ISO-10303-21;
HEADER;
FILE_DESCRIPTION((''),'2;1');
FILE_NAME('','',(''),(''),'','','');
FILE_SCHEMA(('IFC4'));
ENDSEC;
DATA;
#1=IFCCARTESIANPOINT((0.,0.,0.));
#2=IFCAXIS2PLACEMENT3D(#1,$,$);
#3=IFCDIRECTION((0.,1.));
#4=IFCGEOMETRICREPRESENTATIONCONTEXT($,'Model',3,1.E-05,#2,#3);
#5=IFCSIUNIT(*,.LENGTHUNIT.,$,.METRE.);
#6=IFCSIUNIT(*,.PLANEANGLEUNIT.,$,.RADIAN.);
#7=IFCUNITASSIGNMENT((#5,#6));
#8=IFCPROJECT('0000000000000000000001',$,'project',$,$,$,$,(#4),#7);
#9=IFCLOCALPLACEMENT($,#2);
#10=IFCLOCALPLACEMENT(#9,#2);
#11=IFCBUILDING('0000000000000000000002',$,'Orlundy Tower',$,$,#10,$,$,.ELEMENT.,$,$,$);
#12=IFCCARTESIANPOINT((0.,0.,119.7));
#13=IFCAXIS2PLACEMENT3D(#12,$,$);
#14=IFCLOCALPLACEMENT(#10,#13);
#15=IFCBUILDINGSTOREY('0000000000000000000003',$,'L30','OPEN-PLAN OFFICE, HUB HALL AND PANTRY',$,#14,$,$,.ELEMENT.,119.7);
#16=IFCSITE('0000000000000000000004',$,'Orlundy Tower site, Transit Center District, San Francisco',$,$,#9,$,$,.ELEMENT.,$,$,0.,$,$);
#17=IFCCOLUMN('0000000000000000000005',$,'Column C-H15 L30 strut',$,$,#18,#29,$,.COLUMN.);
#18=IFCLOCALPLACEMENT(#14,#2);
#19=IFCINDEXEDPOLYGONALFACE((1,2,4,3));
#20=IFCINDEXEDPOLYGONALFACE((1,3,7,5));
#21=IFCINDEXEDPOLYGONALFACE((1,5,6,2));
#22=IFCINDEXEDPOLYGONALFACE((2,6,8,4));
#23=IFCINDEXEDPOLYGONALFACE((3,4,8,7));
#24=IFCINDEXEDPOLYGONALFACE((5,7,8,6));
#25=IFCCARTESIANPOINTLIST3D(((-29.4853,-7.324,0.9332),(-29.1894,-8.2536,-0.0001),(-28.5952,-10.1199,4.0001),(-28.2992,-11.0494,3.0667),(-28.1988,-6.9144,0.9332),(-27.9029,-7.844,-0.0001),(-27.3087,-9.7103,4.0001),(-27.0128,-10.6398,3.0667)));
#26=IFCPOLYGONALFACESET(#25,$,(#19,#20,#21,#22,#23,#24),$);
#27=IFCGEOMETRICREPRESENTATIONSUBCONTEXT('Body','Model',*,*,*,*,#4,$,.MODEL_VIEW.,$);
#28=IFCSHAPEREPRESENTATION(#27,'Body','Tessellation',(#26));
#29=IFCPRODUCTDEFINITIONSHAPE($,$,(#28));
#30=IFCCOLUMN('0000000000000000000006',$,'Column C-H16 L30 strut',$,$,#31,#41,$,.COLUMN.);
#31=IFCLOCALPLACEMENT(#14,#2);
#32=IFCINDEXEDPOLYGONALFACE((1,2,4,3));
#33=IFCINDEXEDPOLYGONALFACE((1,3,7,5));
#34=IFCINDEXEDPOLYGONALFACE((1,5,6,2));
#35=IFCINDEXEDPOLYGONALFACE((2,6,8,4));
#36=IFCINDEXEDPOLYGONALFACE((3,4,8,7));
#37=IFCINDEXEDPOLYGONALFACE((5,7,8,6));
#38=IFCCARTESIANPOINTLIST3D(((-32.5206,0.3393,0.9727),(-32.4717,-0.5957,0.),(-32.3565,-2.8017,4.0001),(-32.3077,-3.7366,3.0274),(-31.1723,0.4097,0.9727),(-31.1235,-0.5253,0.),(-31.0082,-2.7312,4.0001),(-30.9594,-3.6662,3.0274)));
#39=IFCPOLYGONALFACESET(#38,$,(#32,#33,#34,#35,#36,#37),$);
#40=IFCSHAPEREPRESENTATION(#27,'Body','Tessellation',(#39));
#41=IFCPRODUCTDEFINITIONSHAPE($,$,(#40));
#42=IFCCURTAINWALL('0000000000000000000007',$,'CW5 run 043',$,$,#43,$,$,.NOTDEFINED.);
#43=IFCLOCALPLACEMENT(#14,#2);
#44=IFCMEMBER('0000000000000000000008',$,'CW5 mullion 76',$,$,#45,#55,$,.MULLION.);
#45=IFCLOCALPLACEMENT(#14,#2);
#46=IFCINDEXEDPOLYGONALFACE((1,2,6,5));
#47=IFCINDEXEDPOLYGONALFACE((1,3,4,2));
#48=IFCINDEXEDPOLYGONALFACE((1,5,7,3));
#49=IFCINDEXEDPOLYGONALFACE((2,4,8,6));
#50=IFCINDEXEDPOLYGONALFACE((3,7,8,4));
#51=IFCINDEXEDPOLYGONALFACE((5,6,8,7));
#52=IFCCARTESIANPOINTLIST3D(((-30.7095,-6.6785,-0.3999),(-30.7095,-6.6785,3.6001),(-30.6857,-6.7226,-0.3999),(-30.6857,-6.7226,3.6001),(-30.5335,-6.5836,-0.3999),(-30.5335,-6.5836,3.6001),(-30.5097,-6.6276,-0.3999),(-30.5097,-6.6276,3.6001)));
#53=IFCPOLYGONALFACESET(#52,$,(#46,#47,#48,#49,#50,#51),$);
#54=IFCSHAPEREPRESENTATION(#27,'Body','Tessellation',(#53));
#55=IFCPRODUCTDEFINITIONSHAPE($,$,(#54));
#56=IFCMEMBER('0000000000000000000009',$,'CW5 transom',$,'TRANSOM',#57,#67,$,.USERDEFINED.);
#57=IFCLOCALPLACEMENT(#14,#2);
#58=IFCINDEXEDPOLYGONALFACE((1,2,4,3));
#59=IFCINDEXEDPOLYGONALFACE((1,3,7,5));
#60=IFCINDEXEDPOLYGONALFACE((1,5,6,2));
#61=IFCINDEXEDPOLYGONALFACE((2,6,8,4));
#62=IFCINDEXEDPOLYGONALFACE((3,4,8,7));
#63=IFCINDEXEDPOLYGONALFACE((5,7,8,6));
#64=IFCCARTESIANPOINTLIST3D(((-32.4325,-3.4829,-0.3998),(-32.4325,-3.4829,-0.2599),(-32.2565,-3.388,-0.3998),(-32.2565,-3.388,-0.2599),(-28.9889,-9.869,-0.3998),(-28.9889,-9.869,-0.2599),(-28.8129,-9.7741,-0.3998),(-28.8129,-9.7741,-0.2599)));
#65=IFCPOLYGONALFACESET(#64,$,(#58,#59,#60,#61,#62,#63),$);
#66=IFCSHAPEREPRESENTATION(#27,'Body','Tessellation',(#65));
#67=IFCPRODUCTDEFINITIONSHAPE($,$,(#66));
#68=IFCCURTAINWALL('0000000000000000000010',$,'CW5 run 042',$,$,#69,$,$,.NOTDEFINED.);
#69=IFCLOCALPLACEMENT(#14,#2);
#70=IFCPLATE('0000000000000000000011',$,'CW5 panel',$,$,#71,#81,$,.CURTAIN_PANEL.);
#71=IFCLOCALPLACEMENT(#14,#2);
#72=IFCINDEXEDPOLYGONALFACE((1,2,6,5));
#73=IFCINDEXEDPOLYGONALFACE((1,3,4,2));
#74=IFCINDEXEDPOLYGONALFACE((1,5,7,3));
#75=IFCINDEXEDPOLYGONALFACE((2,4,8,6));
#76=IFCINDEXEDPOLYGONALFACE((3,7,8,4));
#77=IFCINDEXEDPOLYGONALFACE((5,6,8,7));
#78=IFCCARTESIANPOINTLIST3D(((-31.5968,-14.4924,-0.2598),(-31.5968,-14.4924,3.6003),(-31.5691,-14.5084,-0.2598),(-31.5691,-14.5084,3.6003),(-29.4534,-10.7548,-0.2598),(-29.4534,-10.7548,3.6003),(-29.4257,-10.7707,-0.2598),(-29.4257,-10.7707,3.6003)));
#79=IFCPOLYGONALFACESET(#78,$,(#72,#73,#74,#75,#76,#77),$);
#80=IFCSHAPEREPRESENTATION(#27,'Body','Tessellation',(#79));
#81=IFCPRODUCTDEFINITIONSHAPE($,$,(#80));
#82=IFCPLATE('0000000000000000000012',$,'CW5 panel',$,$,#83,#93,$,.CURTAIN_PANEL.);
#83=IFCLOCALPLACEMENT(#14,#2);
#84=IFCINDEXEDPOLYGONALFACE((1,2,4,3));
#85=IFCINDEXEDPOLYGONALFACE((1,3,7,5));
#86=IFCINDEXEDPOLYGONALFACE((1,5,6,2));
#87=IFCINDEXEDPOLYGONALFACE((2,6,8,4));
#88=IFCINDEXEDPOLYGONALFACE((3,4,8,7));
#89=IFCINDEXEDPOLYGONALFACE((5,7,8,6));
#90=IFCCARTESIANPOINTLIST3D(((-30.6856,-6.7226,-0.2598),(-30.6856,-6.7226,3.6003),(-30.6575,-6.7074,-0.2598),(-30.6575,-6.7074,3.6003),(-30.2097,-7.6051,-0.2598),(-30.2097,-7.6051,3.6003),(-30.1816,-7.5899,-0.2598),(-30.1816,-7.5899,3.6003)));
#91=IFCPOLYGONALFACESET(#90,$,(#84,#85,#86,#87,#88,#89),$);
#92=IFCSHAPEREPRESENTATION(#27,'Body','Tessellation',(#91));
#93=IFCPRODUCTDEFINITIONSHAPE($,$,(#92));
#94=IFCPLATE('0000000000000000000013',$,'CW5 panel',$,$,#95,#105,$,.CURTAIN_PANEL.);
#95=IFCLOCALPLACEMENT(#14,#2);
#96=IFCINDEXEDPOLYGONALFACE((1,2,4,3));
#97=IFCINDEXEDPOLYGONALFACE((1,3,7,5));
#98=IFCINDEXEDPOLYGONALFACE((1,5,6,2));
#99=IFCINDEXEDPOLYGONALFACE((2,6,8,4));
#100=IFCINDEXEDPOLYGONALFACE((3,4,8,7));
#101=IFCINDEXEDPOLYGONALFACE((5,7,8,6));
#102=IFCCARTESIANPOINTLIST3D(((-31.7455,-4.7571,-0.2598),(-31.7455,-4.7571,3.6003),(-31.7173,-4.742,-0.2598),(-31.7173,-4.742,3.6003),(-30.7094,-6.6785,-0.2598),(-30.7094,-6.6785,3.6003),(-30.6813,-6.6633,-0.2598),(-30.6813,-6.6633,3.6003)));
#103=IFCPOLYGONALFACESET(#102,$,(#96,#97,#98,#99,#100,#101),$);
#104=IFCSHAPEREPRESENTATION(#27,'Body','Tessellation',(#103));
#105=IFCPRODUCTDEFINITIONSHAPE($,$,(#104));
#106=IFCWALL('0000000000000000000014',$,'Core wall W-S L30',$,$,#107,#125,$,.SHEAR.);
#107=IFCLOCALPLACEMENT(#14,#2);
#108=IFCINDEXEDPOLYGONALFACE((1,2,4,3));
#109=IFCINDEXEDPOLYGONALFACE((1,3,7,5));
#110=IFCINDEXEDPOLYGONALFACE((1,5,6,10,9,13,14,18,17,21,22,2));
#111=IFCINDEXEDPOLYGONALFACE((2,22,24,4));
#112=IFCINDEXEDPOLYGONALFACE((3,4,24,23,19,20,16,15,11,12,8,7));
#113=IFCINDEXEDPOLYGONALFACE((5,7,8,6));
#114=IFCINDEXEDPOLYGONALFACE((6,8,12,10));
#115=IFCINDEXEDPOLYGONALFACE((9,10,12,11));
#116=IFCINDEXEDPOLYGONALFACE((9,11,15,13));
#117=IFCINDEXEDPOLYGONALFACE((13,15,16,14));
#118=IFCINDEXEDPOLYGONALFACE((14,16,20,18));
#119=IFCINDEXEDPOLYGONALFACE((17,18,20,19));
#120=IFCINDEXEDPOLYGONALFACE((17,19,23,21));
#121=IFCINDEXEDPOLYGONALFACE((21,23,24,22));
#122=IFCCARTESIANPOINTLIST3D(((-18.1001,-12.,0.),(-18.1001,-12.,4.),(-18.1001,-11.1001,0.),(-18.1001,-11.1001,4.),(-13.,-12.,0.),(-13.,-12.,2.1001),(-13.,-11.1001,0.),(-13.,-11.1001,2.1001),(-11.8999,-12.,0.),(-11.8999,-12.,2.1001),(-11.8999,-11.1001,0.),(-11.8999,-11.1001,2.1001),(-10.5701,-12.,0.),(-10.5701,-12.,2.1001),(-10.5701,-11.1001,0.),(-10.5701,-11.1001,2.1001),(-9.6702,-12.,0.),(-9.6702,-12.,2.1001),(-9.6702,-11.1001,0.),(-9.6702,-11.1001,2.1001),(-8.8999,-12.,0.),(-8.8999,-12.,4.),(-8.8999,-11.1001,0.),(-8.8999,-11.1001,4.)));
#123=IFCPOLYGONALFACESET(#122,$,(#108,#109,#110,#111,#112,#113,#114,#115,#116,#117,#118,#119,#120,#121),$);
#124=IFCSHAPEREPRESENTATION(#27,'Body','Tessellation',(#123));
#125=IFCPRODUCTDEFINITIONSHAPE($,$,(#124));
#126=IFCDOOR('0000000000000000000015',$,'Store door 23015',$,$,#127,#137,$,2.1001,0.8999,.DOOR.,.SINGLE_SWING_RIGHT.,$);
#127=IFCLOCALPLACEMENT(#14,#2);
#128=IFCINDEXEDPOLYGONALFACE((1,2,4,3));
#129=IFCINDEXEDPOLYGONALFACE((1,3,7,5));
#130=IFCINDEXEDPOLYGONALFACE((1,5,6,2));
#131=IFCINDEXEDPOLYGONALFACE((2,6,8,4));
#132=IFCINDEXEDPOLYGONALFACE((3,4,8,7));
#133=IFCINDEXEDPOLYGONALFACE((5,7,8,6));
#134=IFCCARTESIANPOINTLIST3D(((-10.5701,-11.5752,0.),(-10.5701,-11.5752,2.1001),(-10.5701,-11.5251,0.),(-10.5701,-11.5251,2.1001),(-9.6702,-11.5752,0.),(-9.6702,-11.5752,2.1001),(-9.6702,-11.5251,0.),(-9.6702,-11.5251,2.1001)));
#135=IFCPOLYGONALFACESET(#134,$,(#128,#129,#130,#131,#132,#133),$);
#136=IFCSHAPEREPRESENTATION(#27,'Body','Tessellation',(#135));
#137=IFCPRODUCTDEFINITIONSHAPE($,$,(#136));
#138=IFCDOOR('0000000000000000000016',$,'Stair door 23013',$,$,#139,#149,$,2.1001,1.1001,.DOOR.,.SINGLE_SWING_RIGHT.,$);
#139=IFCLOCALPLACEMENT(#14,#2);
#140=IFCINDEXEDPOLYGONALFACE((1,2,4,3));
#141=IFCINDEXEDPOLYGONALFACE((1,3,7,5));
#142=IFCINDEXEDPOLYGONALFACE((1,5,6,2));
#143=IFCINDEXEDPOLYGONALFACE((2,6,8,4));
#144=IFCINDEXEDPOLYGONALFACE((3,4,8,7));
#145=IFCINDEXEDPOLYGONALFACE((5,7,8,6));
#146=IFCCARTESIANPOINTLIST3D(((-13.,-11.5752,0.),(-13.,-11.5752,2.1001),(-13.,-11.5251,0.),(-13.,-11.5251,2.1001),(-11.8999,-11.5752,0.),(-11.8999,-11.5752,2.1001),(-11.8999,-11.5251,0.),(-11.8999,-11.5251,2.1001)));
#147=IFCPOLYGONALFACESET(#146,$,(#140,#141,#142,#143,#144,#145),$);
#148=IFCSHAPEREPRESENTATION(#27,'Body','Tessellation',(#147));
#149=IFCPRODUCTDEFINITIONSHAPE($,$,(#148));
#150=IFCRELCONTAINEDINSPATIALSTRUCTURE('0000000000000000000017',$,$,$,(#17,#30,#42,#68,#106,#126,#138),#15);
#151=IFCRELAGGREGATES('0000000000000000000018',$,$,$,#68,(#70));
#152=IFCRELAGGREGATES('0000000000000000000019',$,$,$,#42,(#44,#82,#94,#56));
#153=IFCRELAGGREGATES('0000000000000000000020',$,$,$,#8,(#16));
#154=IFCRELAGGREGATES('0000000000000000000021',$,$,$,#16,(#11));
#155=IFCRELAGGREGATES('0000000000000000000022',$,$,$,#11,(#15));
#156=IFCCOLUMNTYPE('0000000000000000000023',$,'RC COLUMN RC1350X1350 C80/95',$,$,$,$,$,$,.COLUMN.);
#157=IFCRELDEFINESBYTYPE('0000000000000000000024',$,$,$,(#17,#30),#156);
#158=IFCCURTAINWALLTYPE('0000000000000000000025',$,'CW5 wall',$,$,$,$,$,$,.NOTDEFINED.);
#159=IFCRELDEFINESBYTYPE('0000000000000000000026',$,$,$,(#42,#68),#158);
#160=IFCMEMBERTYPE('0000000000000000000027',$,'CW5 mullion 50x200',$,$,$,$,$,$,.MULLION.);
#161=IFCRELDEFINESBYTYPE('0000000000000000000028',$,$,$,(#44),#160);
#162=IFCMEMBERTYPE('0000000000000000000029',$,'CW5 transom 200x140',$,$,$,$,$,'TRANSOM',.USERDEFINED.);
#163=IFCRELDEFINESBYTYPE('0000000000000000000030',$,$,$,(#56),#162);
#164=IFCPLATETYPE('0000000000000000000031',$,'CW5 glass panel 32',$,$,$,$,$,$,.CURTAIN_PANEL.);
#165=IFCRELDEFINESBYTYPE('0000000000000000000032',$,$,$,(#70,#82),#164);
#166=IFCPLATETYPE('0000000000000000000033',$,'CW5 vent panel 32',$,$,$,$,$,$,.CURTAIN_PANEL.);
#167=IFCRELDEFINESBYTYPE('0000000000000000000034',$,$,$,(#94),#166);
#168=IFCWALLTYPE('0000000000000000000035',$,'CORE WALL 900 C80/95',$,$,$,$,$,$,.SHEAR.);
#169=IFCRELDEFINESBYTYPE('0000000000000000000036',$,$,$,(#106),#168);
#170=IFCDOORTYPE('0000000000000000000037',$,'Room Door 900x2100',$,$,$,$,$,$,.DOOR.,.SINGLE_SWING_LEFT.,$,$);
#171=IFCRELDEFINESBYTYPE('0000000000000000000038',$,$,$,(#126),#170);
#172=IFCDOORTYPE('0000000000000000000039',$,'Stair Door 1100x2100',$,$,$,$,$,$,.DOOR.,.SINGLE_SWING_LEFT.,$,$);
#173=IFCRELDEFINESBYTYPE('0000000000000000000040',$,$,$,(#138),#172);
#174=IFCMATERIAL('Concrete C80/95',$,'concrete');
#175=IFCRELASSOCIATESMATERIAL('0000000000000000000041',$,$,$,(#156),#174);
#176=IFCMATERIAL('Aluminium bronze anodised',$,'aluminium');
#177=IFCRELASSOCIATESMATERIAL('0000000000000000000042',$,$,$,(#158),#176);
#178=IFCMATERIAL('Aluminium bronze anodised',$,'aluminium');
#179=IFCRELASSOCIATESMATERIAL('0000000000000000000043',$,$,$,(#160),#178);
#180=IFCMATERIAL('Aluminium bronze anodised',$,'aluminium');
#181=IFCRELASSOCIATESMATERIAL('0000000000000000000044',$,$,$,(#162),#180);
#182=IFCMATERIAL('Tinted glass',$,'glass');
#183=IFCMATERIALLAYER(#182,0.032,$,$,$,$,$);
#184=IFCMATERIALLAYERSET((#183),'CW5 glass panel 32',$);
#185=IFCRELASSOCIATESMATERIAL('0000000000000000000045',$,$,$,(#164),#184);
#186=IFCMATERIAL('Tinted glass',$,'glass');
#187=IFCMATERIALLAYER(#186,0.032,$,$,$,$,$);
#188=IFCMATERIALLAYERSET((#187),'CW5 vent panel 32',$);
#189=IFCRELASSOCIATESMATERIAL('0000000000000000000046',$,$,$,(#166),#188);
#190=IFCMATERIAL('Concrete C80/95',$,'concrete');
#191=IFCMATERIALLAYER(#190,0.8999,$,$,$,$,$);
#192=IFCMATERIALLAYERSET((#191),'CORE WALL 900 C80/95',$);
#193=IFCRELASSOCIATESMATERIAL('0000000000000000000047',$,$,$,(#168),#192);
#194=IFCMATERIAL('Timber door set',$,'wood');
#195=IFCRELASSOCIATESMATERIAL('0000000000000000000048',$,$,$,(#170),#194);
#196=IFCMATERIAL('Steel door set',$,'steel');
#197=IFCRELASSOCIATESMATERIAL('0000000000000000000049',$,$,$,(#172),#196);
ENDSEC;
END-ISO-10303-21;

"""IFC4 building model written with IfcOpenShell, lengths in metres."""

from ifc_helpers import new_model, si_unit, direction, frame, frame_2d, origin, origin_2d, place, context, subcontext, project, spatial, rectangle, extrude, material, layer, layer_set, material_profile, profile_set, type_object, element, fill, aggregate, save


model = new_model("IFC4")

# Units and contexts
model_context = context("Model", 3, precision=1e-05, world=origin(), true_north=direction((0.0, 1.0)))
body_context = subcontext(model_context, "Body", "Model", "MODEL_VIEW")
ifc_project = project(units=[si_unit("LENGTHUNIT", "METRE"), si_unit("PLANEANGLEUNIT", "RADIAN")], contexts=[model_context])

# Site, building, storey
site_placement = place(None, origin())
site = spatial("IfcSite", under=ifc_project, at=site_placement, Name="Orlundy Tower site, Transit Center District, San Francisco", CompositionType="ELEMENT", RefElevation=0.0)
building_placement = place(site_placement, origin())
building = spatial("IfcBuilding", under=site, at=building_placement, Name="Orlundy Tower", CompositionType="ELEMENT")
storey_placement = place(building_placement, frame((0.0, 0.0, 119.7)))
storey = spatial("IfcBuildingStorey", under=building, at=storey_placement, Name="L30", Description="OPEN-PLAN OFFICE, HUB HALL AND PANTRY", CompositionType="ELEMENT", Elevation=119.7)

# Columns
ifc_material_1 = material(Name="Concrete C80/95", Category="concrete")
ifc_material_profile_1 = material_profile(ifc_material_1, rectangle(XDim=1.3501, YDim=1.3501, at=origin_2d()), Name="RC1350X1350")
ifc_profile_set_1 = profile_set([ifc_material_profile_1], Name="Concrete C80/95")
column_type = type_object("IfcColumnType", Name="RC COLUMN RC1350X1350 C80/95", PredefinedType="COLUMN", material=ifc_profile_set_1)
column_1_placement = place(storey_placement, frame((-28.6941, -7.584, 0.4666), z_axis=(0.209719, -0.658721, 0.722568), x_axis=(0.952873, 0.303369, 0.0)))
element("IfcColumn", 1, at=column_1_placement, inside=storey, type_object=column_type, Name="Column C-H15 L30 strut", PredefinedType="COLUMN", context=body_context, shape_type="SweptSolid", body=[
    extrude(rectangle(XDim=1.3501, YDim=1.3501, at=origin_2d()), origin(), (0.0, 0.0, 1.0), 4.2444),
])
column_2_placement = place(storey_placement, frame((-31.822, -0.093, 0.4863), z_axis=(0.037582, -0.71949, 0.693485), x_axis=(0.998639, 0.052164, 0.0)))
element("IfcColumn", 2, at=column_2_placement, inside=storey, type_object=column_type, Name="Column C-H16 L30 strut", PredefinedType="COLUMN", context=body_context, shape_type="SweptSolid", body=[
    extrude(rectangle(XDim=1.3501, YDim=1.3501, at=origin_2d()), origin(), (0.0, 0.0, 1.0), 4.3655),
])

# Curtain wall, members
ifc_material_2 = material(Name="Aluminium bronze anodised", Category="aluminium")
curtain_wall_type = type_object("IfcCurtainWallType", Name="CW5 wall", PredefinedType="NOTDEFINED", material=ifc_material_2)
curtain_wall_1_placement = place(storey_placement, origin())
curtain_wall_1 = element("IfcCurtainWall", 3, at=curtain_wall_1_placement, inside=storey, type_object=curtain_wall_type, Name="CW5 run 043", PredefinedType="NOTDEFINED")
ifc_material_3 = material(Name="Aluminium bronze anodised", Category="aluminium")
ifc_material_profile_2 = material_profile(ifc_material_3, rectangle(XDim=0.2, YDim=0.05, at=origin_2d()), Name="CW5 mullion 50x200")
ifc_profile_set_2 = profile_set([ifc_material_profile_2], Name="Aluminium bronze anodised")
member_type_1 = type_object("IfcMemberType", Name="CW5 mullion 50x200", PredefinedType="MULLION", material=ifc_profile_set_2)
member_1_placement = place(storey_placement, frame((-30.6096, -6.6531, -0.3999), z_axis=(0.0, 0.0, 1.0), x_axis=(-0.88018, -0.47464, 0.0)))
member_1 = element("IfcMember", 4, at=member_1_placement, type_object=member_type_1, Name="CW5 mullion 76", PredefinedType="MULLION", context=body_context, shape_type="SweptSolid", body=[
    extrude(rectangle(XDim=0.2, YDim=0.05, at=origin_2d()), origin(), (0.0, 0.0, 1.0), 4.0),
])
ifc_material_4 = material(Name="Aluminium bronze anodised", Category="aluminium")
ifc_material_profile_3 = material_profile(ifc_material_4, rectangle(XDim=0.2, YDim=0.1399, at=origin_2d()), Name="CW5 transom 200x140")
ifc_profile_set_3 = profile_set([ifc_material_profile_3], Name="Aluminium bronze anodised")
member_type_2 = type_object("IfcMemberType", Name="CW5 transom 200x140", ElementType="TRANSOM", PredefinedType="USERDEFINED", material=ifc_profile_set_3)
member_2_placement = place(storey_placement, frame((-28.9009, -9.8215, -0.3298), z_axis=(-0.474634, 0.880184, 0.0), x_axis=(-0.880184, -0.474634, 0.0)))
member_2 = element("IfcMember", 5, at=member_2_placement, type_object=member_type_2, Name="CW5 transom", ObjectType="TRANSOM", PredefinedType="USERDEFINED", context=body_context, shape_type="SweptSolid", body=[
    extrude(rectangle(XDim=0.2, YDim=0.1399, at=origin_2d()), origin(), (0.0, 0.0, 1.0), 7.2554),
])

# Curtain wall, plate
curtain_wall_2_placement = place(storey_placement, origin())
curtain_wall_2 = element("IfcCurtainWall", 6, at=curtain_wall_2_placement, inside=storey, type_object=curtain_wall_type, Name="CW5 run 042", PredefinedType="NOTDEFINED")
ifc_material_5 = material(Name="Tinted glass", Category="glass")
ifc_layer_1 = layer(ifc_material_5, 0.032)
ifc_layer_set_1 = layer_set([ifc_layer_1], Name="CW5 glass panel 32")
plate_type_1 = type_object("IfcPlateType", Name="CW5 glass panel 32", PredefinedType="CURTAIN_PANEL", material=ifc_layer_set_1)
plate_1_placement = place(storey_placement, frame((-30.5112, -12.6316, -0.2598), z_axis=(0.0, 0.0, 1.0), x_axis=(0.497473, 0.867479, 0.0)))
plate_1 = element("IfcPlate", 7, at=plate_1_placement, type_object=plate_type_1, Name="CW5 panel", PredefinedType="CURTAIN_PANEL", context=body_context, shape_type="SweptSolid", body=[
    extrude(rectangle(XDim=4.3086, YDim=0.032, at=origin_2d()), origin(), (0.0, 0.0, 1.0), 3.8601),
])
aggregate(curtain_wall_2, [plate_1])

# Plates
plate_2_placement = place(storey_placement, frame((-30.4336, -7.1562, -0.2598), z_axis=(0.0, 0.0, 1.0), x_axis=(-0.47464, 0.88018, 0.0)))
plate_2 = element("IfcPlate", 8, at=plate_2_placement, type_object=plate_type_1, Name="CW5 panel", PredefinedType="CURTAIN_PANEL", context=body_context, shape_type="SweptSolid", body=[
    extrude(rectangle(XDim=1.0027, YDim=0.032, at=origin_2d()), origin(), (0.0, 0.0, 1.0), 3.8601),
])
ifc_material_6 = material(Name="Tinted glass", Category="glass")
ifc_layer_2 = layer(ifc_material_6, 0.032)
ifc_layer_set_2 = layer_set([ifc_layer_2], Name="CW5 vent panel 32")
plate_type_2 = type_object("IfcPlateType", Name="CW5 vent panel 32", PredefinedType="CURTAIN_PANEL", material=ifc_layer_set_2)
plate_3_placement = place(storey_placement, frame((-31.2134, -5.7102, -0.2598), z_axis=(0.0, 0.0, 1.0), x_axis=(-0.47464, 0.88018, 0.0)))
plate_3 = element("IfcPlate", 9, at=plate_3_placement, type_object=plate_type_2, Name="CW5 panel", PredefinedType="CURTAIN_PANEL", context=body_context, shape_type="SweptSolid", body=[
    extrude(rectangle(XDim=2.1829, YDim=0.032, at=origin_2d()), origin(), (0.0, 0.0, 1.0), 3.8601),
])
aggregate(curtain_wall_1, [member_1, plate_2, plate_3, member_2])

# Wall, openings, doors
ifc_material_7 = material(Name="Concrete C80/95", Category="concrete")
ifc_layer_3 = layer(ifc_material_7, 0.8999)
ifc_layer_set_3 = layer_set([ifc_layer_3], Name="CORE WALL 900 C80/95")
wall_type_1 = type_object("IfcWallType", Name="CORE WALL 900 C80/95", PredefinedType="SHEAR", material=ifc_layer_set_3)
wall_1_placement = place(storey_placement, frame((-18.1001, -11.55, 0.0), z_axis=(0.0, 0.0, 1.0), x_axis=(1.0, 0.0, 0.0)))
wall_1 = element("IfcWall", 10, at=wall_1_placement, inside=storey, type_object=wall_type_1, Name="Core wall W-S L30", PredefinedType="SHEAR", context=body_context, shape_type="SweptSolid", body=[
    extrude(rectangle(XDim=9.2002, YDim=0.8999, at=frame_2d((4.6001, 0.0))), origin(), (0.0, 0.0, 1.0), 4.0),
])
opening_1_placement = place(wall_1_placement, frame((5.1001, 0.0, 0.0)))
opening_1 = element("IfcOpeningElement", 11, at=opening_1_placement, cuts=wall_1, PredefinedType="OPENING", context=body_context, shape_type="SweptSolid", body=[
    extrude(rectangle(XDim=1.1001, YDim=2.1001, at=frame_2d((0.55, 1.05))), frame((0.0, 0.46, 0.0), z_axis=(0.0, -1.0, 0.0), x_axis=(1.0, 0.0, 0.0)), (0.0, 0.0, 1.0), 0.9199),
])
opening_2_placement = place(wall_1_placement, frame((7.53, 0.0, 0.0)))
opening_2 = element("IfcOpeningElement", 12, at=opening_2_placement, cuts=wall_1, PredefinedType="OPENING", context=body_context, shape_type="SweptSolid", body=[
    extrude(rectangle(XDim=0.8999, YDim=2.1001, at=frame_2d((0.45, 1.05))), frame((0.0, 0.46, 0.0), z_axis=(0.0, -1.0, 0.0), x_axis=(1.0, 0.0, 0.0)), (0.0, 0.0, 1.0), 0.9199),
])
ifc_material_8 = material(Name="Timber door set", Category="wood")
door_type_1 = type_object("IfcDoorType", Name="Room Door 900x2100", OperationType="SINGLE_SWING_LEFT", PredefinedType="DOOR", material=ifc_material_8)
door_1_placement = place(opening_2_placement, origin())
door_1 = element("IfcDoor", 13, at=door_1_placement, inside=storey, type_object=door_type_1, Name="Store door 23015", OperationType="SINGLE_SWING_RIGHT", OverallHeight=2.1001, OverallWidth=0.8999, PredefinedType="DOOR", context=body_context, shape_type="SweptSolid", body=[
    extrude(rectangle(XDim=0.8999, YDim=2.1001, at=frame_2d((0.45, 1.05))), frame((0.0, 0.0249, 0.0), z_axis=(0.0, -1.0, 0.0), x_axis=(1.0, 0.0, 0.0)), (0.0, 0.0, 1.0), 0.05),
])
fill(opening_2, door_1)
ifc_material_9 = material(Name="Steel door set", Category="steel")
door_type_2 = type_object("IfcDoorType", Name="Stair Door 1100x2100", OperationType="SINGLE_SWING_LEFT", PredefinedType="DOOR", material=ifc_material_9)
door_2_placement = place(opening_1_placement, origin())
door_2 = element("IfcDoor", 14, at=door_2_placement, inside=storey, type_object=door_type_2, Name="Stair door 23013", OperationType="SINGLE_SWING_RIGHT", OverallHeight=2.1001, OverallWidth=1.1001, PredefinedType="DOOR", context=body_context, shape_type="SweptSolid", body=[
    extrude(rectangle(XDim=1.1001, YDim=2.1001, at=frame_2d((0.55, 1.05))), frame((0.0, 0.0249, 0.0), z_axis=(0.0, -1.0, 0.0), x_axis=(1.0, 0.0, 0.0)), (0.0, 0.0, 1.0), 0.05),
])
fill(opening_1, door_2)

save(model, "model.ifc")
